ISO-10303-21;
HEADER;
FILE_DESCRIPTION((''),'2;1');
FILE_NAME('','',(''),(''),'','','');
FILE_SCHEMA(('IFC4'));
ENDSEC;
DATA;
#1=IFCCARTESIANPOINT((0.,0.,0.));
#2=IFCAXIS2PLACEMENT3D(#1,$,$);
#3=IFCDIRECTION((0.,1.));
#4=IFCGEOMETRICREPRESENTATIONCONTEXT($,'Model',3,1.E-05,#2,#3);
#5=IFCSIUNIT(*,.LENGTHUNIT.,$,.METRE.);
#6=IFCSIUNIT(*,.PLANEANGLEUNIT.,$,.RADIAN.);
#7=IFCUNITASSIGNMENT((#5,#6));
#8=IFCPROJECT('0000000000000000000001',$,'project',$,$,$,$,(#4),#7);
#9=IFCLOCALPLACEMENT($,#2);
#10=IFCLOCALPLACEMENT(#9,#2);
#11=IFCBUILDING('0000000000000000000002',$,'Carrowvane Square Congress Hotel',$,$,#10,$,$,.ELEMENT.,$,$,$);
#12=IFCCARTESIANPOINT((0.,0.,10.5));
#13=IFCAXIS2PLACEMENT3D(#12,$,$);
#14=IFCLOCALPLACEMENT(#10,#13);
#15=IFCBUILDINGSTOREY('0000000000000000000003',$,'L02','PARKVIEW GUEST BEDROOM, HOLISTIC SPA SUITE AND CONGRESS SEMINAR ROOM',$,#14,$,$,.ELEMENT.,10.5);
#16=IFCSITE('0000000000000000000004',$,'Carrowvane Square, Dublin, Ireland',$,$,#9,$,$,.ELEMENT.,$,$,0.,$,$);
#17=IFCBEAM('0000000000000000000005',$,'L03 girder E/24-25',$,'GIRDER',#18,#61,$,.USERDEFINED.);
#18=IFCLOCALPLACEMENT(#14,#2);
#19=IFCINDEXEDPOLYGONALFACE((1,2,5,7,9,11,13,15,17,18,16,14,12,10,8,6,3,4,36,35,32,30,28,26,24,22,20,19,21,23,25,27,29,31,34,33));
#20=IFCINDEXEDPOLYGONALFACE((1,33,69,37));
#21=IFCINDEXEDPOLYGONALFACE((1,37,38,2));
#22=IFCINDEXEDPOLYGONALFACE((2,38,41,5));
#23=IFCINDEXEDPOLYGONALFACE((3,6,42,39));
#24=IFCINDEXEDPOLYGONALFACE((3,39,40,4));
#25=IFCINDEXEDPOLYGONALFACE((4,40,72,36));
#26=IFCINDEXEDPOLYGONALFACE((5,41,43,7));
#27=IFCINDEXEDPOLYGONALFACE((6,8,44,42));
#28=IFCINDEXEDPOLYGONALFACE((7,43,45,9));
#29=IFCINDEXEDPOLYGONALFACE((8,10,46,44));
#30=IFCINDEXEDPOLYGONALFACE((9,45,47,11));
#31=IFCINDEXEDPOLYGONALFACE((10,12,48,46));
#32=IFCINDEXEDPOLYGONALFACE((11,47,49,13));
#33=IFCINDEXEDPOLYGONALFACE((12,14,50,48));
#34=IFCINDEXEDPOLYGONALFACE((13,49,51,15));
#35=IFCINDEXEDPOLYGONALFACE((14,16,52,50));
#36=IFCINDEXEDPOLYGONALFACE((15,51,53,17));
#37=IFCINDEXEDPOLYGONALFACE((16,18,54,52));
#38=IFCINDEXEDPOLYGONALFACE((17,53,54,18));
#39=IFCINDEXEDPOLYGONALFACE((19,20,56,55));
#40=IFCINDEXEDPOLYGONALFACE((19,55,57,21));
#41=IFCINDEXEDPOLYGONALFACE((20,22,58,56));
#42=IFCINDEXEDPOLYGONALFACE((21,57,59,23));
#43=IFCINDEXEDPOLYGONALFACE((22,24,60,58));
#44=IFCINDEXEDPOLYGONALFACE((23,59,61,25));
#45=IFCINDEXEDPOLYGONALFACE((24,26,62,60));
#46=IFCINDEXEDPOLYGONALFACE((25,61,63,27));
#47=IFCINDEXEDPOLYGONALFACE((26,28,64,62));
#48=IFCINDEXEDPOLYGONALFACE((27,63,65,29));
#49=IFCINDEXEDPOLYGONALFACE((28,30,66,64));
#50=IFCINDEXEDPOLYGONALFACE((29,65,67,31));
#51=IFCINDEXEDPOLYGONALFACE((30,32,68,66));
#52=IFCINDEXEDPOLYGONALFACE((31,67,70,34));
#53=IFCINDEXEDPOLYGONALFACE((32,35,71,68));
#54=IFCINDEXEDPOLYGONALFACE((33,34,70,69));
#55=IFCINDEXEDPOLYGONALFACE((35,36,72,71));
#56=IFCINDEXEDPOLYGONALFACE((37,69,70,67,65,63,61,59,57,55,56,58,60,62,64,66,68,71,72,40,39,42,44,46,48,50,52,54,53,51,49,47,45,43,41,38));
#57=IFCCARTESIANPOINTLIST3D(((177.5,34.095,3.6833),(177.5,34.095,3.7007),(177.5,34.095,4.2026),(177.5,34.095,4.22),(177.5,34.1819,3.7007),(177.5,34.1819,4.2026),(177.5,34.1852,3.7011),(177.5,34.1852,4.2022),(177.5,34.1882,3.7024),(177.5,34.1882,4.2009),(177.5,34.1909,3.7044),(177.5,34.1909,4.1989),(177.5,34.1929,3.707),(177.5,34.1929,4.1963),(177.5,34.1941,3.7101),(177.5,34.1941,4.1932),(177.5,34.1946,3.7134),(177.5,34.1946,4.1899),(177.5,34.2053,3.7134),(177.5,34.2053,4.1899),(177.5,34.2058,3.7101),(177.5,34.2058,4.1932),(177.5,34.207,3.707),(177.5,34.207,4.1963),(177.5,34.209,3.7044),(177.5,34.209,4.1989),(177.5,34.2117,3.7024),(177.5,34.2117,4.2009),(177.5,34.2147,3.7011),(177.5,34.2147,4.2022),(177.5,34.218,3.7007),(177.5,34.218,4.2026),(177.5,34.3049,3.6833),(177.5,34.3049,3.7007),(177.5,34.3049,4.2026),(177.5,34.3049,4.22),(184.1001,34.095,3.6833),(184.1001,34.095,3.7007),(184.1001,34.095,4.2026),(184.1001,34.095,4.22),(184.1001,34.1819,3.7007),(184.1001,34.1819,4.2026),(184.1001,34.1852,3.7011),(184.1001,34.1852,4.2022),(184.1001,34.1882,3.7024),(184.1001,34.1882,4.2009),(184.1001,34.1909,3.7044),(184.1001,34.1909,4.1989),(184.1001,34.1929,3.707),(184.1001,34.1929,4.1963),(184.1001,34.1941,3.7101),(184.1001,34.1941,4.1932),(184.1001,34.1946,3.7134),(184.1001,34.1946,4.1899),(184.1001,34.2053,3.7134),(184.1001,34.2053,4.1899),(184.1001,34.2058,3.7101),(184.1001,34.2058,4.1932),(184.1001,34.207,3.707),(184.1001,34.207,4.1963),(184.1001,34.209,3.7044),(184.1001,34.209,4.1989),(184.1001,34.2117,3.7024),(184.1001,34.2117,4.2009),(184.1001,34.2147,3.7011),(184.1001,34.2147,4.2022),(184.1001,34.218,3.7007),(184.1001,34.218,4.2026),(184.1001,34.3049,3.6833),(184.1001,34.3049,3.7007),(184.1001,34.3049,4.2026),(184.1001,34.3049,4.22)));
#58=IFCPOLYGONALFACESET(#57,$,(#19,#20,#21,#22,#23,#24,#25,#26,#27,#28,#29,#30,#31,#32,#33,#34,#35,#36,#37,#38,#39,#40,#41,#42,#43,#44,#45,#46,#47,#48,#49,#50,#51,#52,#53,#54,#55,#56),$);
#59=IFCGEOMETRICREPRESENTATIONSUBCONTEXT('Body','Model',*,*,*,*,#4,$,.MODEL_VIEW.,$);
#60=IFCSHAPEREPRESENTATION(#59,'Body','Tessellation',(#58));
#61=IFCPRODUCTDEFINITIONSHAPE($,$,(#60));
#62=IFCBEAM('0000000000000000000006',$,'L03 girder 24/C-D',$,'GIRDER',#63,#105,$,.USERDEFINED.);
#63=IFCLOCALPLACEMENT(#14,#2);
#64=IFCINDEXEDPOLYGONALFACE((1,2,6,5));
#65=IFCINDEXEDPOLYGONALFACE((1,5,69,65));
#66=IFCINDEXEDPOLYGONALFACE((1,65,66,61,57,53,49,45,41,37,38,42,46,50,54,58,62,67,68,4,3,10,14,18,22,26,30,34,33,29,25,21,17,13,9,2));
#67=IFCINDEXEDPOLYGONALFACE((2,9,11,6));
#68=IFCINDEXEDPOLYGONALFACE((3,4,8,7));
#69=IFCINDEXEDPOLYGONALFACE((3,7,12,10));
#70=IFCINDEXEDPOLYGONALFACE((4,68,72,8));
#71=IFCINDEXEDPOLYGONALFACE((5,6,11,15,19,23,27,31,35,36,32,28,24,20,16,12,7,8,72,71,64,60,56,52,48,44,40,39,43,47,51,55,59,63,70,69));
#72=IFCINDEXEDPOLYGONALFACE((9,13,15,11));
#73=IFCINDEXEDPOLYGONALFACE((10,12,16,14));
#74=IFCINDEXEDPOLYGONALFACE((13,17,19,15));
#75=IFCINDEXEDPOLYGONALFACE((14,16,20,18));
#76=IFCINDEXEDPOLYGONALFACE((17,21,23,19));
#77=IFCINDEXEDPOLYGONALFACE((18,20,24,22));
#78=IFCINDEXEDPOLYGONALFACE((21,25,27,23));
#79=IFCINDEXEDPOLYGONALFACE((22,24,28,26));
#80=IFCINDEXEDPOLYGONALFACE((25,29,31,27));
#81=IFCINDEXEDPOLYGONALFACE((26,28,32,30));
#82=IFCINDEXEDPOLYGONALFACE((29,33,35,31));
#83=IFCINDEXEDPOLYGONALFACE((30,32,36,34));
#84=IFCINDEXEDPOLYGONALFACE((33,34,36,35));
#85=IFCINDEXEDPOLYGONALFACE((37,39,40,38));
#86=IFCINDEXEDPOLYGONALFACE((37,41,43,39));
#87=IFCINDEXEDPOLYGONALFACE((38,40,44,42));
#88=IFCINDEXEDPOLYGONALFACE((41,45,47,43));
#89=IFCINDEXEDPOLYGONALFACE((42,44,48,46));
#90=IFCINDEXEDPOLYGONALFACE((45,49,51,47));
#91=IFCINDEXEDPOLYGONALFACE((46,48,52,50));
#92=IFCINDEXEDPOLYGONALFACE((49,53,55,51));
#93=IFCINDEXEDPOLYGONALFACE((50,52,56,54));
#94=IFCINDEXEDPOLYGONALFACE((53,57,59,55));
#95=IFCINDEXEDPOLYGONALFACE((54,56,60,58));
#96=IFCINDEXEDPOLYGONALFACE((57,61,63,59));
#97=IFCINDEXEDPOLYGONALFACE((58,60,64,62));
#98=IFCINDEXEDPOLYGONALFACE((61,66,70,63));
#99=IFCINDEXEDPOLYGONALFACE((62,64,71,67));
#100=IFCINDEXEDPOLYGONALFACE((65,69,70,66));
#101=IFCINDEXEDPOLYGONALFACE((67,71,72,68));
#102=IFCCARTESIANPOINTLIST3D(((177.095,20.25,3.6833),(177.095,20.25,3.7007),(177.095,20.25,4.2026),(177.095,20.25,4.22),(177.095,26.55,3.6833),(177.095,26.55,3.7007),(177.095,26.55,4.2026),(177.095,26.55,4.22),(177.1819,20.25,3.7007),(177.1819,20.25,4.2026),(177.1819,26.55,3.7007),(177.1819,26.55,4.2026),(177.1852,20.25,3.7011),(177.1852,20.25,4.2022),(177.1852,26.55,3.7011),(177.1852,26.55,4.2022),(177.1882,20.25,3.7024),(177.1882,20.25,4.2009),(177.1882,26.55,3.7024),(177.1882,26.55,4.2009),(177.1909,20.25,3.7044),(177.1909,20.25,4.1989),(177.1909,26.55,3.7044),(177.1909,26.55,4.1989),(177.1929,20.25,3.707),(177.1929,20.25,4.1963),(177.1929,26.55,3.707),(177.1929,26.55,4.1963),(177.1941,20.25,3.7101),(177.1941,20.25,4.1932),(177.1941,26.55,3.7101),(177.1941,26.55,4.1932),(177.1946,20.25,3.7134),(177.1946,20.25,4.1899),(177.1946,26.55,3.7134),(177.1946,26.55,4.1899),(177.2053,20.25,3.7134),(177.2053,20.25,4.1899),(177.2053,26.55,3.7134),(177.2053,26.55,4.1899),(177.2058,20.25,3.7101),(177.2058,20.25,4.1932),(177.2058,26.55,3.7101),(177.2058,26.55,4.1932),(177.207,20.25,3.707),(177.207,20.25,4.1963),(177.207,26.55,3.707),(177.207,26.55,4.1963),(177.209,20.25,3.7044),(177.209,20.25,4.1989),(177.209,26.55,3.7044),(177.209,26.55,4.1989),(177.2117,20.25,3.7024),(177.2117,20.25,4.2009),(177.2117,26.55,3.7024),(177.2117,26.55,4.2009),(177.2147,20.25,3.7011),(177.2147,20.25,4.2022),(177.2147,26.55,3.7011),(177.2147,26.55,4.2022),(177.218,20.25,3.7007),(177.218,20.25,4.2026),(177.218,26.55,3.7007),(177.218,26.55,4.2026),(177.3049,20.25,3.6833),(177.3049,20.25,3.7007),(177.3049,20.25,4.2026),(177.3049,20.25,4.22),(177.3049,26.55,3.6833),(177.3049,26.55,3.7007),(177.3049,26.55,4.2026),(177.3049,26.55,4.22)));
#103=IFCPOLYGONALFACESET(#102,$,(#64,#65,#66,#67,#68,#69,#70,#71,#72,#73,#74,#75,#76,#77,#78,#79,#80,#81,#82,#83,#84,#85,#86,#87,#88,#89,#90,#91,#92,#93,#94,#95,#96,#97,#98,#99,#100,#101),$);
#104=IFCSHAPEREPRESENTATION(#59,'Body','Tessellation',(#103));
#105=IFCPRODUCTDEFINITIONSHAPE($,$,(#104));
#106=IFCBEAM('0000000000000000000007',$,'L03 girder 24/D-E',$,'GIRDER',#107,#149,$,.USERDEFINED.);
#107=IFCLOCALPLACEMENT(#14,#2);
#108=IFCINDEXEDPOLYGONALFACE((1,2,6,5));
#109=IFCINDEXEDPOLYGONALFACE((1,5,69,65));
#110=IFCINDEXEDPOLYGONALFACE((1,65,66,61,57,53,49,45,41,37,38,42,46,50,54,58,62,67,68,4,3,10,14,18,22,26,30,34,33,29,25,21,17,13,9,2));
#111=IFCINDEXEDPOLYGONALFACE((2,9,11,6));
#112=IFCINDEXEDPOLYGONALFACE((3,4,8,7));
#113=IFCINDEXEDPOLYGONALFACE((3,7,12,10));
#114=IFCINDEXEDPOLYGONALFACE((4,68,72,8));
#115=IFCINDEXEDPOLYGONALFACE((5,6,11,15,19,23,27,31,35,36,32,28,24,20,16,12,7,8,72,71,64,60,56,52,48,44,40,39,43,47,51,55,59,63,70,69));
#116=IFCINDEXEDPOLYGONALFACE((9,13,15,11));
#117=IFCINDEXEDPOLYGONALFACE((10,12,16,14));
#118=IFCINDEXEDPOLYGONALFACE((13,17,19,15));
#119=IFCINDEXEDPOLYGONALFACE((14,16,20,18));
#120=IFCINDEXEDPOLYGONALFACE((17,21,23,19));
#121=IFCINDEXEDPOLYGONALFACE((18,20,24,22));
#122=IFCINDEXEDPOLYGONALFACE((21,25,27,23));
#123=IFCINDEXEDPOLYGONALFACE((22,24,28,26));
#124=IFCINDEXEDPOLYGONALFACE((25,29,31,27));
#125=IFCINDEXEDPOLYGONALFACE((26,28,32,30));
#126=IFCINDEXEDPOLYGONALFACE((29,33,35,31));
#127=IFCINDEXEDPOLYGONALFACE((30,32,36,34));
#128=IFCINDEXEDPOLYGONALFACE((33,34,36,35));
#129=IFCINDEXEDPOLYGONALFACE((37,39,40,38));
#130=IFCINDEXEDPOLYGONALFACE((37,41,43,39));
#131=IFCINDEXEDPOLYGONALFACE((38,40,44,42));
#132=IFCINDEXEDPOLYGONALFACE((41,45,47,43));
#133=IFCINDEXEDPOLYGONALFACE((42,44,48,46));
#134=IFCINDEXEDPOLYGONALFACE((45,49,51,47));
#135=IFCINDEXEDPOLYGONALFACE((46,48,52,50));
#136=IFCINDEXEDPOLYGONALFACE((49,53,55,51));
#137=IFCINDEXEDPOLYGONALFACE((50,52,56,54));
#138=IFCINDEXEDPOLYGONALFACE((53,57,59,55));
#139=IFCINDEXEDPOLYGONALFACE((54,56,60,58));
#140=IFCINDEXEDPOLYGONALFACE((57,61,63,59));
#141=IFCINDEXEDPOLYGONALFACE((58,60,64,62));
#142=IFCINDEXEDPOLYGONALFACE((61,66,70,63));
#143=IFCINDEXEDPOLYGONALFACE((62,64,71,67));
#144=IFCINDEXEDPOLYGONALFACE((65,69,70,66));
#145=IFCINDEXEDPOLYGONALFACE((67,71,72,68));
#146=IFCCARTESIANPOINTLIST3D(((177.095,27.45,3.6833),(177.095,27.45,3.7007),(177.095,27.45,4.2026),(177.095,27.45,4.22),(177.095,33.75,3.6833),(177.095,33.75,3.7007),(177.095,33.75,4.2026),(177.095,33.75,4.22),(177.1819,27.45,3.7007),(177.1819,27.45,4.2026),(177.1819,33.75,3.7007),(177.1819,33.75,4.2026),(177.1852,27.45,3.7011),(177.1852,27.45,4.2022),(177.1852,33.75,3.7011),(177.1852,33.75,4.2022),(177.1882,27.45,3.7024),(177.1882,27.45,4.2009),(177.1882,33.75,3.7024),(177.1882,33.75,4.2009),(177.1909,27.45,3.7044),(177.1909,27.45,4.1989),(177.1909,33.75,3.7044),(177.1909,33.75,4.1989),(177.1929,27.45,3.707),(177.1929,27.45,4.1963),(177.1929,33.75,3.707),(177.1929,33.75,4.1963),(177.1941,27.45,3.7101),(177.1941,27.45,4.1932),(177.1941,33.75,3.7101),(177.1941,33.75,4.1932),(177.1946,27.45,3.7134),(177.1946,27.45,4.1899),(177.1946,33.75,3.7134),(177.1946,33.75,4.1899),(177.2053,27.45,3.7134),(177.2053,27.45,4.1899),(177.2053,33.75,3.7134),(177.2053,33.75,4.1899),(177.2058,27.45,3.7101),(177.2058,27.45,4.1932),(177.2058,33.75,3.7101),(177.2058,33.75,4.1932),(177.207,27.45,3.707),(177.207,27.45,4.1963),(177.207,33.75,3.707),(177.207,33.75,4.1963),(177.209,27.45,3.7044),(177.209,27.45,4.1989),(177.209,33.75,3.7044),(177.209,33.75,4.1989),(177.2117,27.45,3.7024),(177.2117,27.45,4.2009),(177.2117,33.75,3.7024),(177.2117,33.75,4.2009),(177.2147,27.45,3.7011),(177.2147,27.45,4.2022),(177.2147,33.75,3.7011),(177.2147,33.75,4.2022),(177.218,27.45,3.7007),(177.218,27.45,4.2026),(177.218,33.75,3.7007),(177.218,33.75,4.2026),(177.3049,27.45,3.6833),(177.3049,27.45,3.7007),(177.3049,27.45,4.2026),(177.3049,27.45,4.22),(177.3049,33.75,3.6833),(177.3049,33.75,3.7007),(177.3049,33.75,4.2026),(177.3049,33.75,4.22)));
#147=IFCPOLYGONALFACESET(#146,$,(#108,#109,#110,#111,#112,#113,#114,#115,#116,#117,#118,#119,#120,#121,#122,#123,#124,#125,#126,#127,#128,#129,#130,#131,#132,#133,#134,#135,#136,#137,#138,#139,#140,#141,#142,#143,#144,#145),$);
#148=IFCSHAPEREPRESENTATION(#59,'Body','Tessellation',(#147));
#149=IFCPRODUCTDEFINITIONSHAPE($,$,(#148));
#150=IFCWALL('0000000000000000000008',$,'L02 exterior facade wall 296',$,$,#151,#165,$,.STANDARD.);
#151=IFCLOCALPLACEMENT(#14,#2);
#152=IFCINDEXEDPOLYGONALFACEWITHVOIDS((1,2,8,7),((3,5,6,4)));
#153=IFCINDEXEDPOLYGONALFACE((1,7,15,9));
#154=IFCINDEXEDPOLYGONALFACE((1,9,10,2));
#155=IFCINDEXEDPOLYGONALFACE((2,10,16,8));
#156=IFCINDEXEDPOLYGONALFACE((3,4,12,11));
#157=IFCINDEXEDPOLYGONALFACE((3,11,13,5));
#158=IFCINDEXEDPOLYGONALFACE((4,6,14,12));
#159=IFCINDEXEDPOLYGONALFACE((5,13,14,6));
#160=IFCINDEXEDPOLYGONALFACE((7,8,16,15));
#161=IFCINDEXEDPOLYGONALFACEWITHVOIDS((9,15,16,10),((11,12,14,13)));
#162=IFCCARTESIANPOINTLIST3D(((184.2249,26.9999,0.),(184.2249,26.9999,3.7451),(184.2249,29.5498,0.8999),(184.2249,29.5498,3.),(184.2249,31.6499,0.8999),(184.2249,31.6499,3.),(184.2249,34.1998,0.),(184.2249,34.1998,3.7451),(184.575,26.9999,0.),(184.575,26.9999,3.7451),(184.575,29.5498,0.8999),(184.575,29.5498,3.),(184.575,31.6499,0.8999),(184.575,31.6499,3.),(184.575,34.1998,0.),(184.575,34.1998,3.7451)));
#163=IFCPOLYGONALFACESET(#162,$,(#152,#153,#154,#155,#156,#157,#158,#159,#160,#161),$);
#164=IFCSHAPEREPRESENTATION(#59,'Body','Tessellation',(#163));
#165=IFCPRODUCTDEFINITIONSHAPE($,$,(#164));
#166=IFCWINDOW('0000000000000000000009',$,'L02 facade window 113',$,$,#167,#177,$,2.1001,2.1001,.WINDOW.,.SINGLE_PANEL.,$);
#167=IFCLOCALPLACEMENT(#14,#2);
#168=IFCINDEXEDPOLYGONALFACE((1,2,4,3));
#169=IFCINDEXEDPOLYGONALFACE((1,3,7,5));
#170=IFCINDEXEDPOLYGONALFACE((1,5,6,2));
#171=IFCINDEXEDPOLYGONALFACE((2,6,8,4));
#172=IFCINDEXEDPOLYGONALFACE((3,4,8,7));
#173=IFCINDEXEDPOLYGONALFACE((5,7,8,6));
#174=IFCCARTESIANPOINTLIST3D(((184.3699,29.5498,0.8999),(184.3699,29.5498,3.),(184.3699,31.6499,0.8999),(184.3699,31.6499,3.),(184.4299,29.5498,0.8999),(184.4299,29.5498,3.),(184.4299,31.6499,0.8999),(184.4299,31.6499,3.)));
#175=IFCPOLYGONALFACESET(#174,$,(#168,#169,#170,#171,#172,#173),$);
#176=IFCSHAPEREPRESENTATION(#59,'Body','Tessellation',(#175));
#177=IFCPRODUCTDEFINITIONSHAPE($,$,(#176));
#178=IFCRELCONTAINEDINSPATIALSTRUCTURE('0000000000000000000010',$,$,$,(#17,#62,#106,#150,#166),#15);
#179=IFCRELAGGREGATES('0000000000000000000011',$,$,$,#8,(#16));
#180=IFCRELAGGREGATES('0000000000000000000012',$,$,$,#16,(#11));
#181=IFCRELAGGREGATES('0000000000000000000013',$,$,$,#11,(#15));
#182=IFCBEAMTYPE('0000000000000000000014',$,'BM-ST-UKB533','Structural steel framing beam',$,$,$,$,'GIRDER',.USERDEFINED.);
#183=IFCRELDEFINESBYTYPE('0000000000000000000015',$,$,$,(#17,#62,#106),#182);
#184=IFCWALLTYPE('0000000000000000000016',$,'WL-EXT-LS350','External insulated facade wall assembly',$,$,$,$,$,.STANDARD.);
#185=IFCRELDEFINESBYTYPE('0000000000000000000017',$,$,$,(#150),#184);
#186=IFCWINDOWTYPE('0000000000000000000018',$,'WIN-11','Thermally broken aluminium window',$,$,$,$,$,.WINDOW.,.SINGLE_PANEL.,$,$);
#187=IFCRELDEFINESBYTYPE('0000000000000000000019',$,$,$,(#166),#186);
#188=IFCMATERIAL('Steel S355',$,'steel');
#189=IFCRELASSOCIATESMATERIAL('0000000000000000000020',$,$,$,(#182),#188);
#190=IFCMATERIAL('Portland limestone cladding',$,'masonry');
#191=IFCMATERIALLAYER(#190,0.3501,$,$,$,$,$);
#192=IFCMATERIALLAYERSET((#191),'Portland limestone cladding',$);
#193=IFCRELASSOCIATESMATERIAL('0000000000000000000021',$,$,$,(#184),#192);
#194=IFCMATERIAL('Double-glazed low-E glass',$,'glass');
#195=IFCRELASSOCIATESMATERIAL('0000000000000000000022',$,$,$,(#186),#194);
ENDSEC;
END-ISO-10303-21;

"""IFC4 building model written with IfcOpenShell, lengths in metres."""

from ifc_helpers import new_model, si_unit, direction, frame, frame_2d, origin, origin_2d, place, context, subcontext, project, spatial, rectangle, i_section, extrude, material, layer, layer_set, material_profile, profile_set, type_object, element, fill, save


model = new_model("IFC4")

# Units and contexts
model_context = context("Model", 3, precision=1e-05, world=origin(), true_north=direction((0.0, 1.0)))
body_context = subcontext(model_context, "Body", "Model", "MODEL_VIEW")
ifc_project = project(units=[si_unit("LENGTHUNIT", "METRE"), si_unit("PLANEANGLEUNIT", "RADIAN")], contexts=[model_context])

# Site, building, storey
site_placement = place(None, origin())
site = spatial("IfcSite", under=ifc_project, at=site_placement, Name="Carrowvane Square, Dublin, Ireland", CompositionType="ELEMENT", RefElevation=0.0)
building_placement = place(site_placement, origin())
building = spatial("IfcBuilding", under=site, at=building_placement, Name="Carrowvane Square Congress Hotel", CompositionType="ELEMENT")
storey_placement = place(building_placement, frame((0.0, 0.0, 10.5)))
storey = spatial("IfcBuildingStorey", under=building, at=storey_placement, Name="L02", Description="PARKVIEW GUEST BEDROOM, HOLISTIC SPA SUITE AND CONGRESS SEMINAR ROOM", CompositionType="ELEMENT", Elevation=10.5)

# Beams
ifc_material_1 = material(Name="Steel S355", Category="steel")
ifc_material_profile_1 = material_profile(ifc_material_1, i_section(OverallWidth=0.21, OverallDepth=0.5366, WebThickness=0.0107, FlangeThickness=0.0173, FilletRadius=0.0127, at=origin_2d()), Name="UKB 533x210x101")
ifc_profile_set_1 = profile_set([ifc_material_profile_1], Name="Steel S355")
beam_type_1 = type_object("IfcBeamType", Name="BM-ST-UKB533", Description="Structural steel framing beam", ElementType="GIRDER", PredefinedType="USERDEFINED", material=ifc_profile_set_1)
beam_1_placement = place(storey_placement, frame((177.5, 34.2, 3.9517), z_axis=(1.0, 0.0, 0.0), x_axis=(0.0, 1.0, 0.0)))
element("IfcBeam", 1, at=beam_1_placement, inside=storey, type_object=beam_type_1, Name="L03 girder E/24-25", ObjectType="GIRDER", PredefinedType="USERDEFINED", context=body_context, shape_type="SweptSolid", body=[
    extrude(i_section(OverallWidth=0.21, OverallDepth=0.5366, WebThickness=0.0107, FlangeThickness=0.0173, FilletRadius=0.0127, at=origin_2d()), origin(), (0.0, 0.0, 1.0), 6.6001),
])
for number, where, z_axis, x_axis, name in (
    (2, (177.2, 20.25, 3.9517), (0.0, 1.0, 0.0), (-1.0, 0.0, 0.0), "L03 girder 24/C-D"),
    (3, (177.2, 27.45, 3.9517), (0.0, 1.0, 0.0), (-1.0, 0.0, 0.0), "L03 girder 24/D-E"),
):
    element("IfcBeam", number, at=place(storey_placement, frame(where, z_axis=z_axis, x_axis=x_axis)), inside=storey, type_object=beam_type_1, Name=name, ObjectType="GIRDER", PredefinedType="USERDEFINED", context=body_context, shape_type="SweptSolid", body=[
        extrude(i_section(OverallWidth=0.21, OverallDepth=0.5366, WebThickness=0.0107, FlangeThickness=0.0173, FilletRadius=0.0127, at=origin_2d()), origin(), (0.0, 0.0, 1.0), 6.3),
    ])

# Wall, opening, window
ifc_material_2 = material(Name="Portland limestone cladding", Category="masonry")
ifc_layer = layer(ifc_material_2, 0.3501)
ifc_layer_set = layer_set([ifc_layer], Name="Portland limestone cladding")
wall_type = type_object("IfcWallType", Name="WL-EXT-LS350", Description="External insulated facade wall assembly", PredefinedType="STANDARD", material=ifc_layer_set)
wall_1_placement = place(storey_placement, frame((184.3999, 34.2, 0.0), z_axis=(0.0, 0.0, 1.0), x_axis=(0.0, -1.0, 0.0)))
wall_1 = element("IfcWall", 4, at=wall_1_placement, inside=storey, type_object=wall_type, Name="L02 exterior facade wall 296", PredefinedType="STANDARD", context=body_context, shape_type="SweptSolid", body=[
    extrude(rectangle(XDim=7.2, YDim=0.3501, at=frame_2d((3.6001, 0.0))), origin(), (0.0, 0.0, 1.0), 3.7451),
])
opening_1_placement = place(wall_1_placement, frame((2.55, 0.0, 0.8999)))
opening_1 = element("IfcOpeningElement", 5, at=opening_1_placement, cuts=wall_1, PredefinedType="OPENING", context=body_context, shape_type="SweptSolid", body=[
    extrude(rectangle(XDim=2.1001, YDim=2.1001, at=frame_2d((1.05, 1.05))), frame((0.0, 0.1851, 0.0), z_axis=(0.0, -1.0, 0.0), x_axis=(1.0, 0.0, 0.0)), (0.0, 0.0, 1.0), 0.3701),
])
ifc_material_3 = material(Name="Double-glazed low-E glass", Category="glass")
window_type_1 = type_object("IfcWindowType", Name="WIN-11", Description="Thermally broken aluminium window", PartitioningType="SINGLE_PANEL", PredefinedType="WINDOW", material=ifc_material_3)
window_1_placement = place(opening_1_placement, origin())
window_1 = element("IfcWindow", 6, at=window_1_placement, inside=storey, type_object=window_type_1, Name="L02 facade window 113", OverallHeight=2.1001, OverallWidth=2.1001, PartitioningType="SINGLE_PANEL", PredefinedType="WINDOW", context=body_context, shape_type="SweptSolid", body=[
    extrude(rectangle(XDim=2.1001, YDim=2.1001, at=frame_2d((1.05, 1.05))), frame((0.0, 0.03, 0.0), z_axis=(0.0, -1.0, 0.0), x_axis=(1.0, 0.0, 0.0)), (0.0, 0.0, 1.0), 0.0601),
])
fill(opening_1, window_1)

save(model, "model.ifc")
